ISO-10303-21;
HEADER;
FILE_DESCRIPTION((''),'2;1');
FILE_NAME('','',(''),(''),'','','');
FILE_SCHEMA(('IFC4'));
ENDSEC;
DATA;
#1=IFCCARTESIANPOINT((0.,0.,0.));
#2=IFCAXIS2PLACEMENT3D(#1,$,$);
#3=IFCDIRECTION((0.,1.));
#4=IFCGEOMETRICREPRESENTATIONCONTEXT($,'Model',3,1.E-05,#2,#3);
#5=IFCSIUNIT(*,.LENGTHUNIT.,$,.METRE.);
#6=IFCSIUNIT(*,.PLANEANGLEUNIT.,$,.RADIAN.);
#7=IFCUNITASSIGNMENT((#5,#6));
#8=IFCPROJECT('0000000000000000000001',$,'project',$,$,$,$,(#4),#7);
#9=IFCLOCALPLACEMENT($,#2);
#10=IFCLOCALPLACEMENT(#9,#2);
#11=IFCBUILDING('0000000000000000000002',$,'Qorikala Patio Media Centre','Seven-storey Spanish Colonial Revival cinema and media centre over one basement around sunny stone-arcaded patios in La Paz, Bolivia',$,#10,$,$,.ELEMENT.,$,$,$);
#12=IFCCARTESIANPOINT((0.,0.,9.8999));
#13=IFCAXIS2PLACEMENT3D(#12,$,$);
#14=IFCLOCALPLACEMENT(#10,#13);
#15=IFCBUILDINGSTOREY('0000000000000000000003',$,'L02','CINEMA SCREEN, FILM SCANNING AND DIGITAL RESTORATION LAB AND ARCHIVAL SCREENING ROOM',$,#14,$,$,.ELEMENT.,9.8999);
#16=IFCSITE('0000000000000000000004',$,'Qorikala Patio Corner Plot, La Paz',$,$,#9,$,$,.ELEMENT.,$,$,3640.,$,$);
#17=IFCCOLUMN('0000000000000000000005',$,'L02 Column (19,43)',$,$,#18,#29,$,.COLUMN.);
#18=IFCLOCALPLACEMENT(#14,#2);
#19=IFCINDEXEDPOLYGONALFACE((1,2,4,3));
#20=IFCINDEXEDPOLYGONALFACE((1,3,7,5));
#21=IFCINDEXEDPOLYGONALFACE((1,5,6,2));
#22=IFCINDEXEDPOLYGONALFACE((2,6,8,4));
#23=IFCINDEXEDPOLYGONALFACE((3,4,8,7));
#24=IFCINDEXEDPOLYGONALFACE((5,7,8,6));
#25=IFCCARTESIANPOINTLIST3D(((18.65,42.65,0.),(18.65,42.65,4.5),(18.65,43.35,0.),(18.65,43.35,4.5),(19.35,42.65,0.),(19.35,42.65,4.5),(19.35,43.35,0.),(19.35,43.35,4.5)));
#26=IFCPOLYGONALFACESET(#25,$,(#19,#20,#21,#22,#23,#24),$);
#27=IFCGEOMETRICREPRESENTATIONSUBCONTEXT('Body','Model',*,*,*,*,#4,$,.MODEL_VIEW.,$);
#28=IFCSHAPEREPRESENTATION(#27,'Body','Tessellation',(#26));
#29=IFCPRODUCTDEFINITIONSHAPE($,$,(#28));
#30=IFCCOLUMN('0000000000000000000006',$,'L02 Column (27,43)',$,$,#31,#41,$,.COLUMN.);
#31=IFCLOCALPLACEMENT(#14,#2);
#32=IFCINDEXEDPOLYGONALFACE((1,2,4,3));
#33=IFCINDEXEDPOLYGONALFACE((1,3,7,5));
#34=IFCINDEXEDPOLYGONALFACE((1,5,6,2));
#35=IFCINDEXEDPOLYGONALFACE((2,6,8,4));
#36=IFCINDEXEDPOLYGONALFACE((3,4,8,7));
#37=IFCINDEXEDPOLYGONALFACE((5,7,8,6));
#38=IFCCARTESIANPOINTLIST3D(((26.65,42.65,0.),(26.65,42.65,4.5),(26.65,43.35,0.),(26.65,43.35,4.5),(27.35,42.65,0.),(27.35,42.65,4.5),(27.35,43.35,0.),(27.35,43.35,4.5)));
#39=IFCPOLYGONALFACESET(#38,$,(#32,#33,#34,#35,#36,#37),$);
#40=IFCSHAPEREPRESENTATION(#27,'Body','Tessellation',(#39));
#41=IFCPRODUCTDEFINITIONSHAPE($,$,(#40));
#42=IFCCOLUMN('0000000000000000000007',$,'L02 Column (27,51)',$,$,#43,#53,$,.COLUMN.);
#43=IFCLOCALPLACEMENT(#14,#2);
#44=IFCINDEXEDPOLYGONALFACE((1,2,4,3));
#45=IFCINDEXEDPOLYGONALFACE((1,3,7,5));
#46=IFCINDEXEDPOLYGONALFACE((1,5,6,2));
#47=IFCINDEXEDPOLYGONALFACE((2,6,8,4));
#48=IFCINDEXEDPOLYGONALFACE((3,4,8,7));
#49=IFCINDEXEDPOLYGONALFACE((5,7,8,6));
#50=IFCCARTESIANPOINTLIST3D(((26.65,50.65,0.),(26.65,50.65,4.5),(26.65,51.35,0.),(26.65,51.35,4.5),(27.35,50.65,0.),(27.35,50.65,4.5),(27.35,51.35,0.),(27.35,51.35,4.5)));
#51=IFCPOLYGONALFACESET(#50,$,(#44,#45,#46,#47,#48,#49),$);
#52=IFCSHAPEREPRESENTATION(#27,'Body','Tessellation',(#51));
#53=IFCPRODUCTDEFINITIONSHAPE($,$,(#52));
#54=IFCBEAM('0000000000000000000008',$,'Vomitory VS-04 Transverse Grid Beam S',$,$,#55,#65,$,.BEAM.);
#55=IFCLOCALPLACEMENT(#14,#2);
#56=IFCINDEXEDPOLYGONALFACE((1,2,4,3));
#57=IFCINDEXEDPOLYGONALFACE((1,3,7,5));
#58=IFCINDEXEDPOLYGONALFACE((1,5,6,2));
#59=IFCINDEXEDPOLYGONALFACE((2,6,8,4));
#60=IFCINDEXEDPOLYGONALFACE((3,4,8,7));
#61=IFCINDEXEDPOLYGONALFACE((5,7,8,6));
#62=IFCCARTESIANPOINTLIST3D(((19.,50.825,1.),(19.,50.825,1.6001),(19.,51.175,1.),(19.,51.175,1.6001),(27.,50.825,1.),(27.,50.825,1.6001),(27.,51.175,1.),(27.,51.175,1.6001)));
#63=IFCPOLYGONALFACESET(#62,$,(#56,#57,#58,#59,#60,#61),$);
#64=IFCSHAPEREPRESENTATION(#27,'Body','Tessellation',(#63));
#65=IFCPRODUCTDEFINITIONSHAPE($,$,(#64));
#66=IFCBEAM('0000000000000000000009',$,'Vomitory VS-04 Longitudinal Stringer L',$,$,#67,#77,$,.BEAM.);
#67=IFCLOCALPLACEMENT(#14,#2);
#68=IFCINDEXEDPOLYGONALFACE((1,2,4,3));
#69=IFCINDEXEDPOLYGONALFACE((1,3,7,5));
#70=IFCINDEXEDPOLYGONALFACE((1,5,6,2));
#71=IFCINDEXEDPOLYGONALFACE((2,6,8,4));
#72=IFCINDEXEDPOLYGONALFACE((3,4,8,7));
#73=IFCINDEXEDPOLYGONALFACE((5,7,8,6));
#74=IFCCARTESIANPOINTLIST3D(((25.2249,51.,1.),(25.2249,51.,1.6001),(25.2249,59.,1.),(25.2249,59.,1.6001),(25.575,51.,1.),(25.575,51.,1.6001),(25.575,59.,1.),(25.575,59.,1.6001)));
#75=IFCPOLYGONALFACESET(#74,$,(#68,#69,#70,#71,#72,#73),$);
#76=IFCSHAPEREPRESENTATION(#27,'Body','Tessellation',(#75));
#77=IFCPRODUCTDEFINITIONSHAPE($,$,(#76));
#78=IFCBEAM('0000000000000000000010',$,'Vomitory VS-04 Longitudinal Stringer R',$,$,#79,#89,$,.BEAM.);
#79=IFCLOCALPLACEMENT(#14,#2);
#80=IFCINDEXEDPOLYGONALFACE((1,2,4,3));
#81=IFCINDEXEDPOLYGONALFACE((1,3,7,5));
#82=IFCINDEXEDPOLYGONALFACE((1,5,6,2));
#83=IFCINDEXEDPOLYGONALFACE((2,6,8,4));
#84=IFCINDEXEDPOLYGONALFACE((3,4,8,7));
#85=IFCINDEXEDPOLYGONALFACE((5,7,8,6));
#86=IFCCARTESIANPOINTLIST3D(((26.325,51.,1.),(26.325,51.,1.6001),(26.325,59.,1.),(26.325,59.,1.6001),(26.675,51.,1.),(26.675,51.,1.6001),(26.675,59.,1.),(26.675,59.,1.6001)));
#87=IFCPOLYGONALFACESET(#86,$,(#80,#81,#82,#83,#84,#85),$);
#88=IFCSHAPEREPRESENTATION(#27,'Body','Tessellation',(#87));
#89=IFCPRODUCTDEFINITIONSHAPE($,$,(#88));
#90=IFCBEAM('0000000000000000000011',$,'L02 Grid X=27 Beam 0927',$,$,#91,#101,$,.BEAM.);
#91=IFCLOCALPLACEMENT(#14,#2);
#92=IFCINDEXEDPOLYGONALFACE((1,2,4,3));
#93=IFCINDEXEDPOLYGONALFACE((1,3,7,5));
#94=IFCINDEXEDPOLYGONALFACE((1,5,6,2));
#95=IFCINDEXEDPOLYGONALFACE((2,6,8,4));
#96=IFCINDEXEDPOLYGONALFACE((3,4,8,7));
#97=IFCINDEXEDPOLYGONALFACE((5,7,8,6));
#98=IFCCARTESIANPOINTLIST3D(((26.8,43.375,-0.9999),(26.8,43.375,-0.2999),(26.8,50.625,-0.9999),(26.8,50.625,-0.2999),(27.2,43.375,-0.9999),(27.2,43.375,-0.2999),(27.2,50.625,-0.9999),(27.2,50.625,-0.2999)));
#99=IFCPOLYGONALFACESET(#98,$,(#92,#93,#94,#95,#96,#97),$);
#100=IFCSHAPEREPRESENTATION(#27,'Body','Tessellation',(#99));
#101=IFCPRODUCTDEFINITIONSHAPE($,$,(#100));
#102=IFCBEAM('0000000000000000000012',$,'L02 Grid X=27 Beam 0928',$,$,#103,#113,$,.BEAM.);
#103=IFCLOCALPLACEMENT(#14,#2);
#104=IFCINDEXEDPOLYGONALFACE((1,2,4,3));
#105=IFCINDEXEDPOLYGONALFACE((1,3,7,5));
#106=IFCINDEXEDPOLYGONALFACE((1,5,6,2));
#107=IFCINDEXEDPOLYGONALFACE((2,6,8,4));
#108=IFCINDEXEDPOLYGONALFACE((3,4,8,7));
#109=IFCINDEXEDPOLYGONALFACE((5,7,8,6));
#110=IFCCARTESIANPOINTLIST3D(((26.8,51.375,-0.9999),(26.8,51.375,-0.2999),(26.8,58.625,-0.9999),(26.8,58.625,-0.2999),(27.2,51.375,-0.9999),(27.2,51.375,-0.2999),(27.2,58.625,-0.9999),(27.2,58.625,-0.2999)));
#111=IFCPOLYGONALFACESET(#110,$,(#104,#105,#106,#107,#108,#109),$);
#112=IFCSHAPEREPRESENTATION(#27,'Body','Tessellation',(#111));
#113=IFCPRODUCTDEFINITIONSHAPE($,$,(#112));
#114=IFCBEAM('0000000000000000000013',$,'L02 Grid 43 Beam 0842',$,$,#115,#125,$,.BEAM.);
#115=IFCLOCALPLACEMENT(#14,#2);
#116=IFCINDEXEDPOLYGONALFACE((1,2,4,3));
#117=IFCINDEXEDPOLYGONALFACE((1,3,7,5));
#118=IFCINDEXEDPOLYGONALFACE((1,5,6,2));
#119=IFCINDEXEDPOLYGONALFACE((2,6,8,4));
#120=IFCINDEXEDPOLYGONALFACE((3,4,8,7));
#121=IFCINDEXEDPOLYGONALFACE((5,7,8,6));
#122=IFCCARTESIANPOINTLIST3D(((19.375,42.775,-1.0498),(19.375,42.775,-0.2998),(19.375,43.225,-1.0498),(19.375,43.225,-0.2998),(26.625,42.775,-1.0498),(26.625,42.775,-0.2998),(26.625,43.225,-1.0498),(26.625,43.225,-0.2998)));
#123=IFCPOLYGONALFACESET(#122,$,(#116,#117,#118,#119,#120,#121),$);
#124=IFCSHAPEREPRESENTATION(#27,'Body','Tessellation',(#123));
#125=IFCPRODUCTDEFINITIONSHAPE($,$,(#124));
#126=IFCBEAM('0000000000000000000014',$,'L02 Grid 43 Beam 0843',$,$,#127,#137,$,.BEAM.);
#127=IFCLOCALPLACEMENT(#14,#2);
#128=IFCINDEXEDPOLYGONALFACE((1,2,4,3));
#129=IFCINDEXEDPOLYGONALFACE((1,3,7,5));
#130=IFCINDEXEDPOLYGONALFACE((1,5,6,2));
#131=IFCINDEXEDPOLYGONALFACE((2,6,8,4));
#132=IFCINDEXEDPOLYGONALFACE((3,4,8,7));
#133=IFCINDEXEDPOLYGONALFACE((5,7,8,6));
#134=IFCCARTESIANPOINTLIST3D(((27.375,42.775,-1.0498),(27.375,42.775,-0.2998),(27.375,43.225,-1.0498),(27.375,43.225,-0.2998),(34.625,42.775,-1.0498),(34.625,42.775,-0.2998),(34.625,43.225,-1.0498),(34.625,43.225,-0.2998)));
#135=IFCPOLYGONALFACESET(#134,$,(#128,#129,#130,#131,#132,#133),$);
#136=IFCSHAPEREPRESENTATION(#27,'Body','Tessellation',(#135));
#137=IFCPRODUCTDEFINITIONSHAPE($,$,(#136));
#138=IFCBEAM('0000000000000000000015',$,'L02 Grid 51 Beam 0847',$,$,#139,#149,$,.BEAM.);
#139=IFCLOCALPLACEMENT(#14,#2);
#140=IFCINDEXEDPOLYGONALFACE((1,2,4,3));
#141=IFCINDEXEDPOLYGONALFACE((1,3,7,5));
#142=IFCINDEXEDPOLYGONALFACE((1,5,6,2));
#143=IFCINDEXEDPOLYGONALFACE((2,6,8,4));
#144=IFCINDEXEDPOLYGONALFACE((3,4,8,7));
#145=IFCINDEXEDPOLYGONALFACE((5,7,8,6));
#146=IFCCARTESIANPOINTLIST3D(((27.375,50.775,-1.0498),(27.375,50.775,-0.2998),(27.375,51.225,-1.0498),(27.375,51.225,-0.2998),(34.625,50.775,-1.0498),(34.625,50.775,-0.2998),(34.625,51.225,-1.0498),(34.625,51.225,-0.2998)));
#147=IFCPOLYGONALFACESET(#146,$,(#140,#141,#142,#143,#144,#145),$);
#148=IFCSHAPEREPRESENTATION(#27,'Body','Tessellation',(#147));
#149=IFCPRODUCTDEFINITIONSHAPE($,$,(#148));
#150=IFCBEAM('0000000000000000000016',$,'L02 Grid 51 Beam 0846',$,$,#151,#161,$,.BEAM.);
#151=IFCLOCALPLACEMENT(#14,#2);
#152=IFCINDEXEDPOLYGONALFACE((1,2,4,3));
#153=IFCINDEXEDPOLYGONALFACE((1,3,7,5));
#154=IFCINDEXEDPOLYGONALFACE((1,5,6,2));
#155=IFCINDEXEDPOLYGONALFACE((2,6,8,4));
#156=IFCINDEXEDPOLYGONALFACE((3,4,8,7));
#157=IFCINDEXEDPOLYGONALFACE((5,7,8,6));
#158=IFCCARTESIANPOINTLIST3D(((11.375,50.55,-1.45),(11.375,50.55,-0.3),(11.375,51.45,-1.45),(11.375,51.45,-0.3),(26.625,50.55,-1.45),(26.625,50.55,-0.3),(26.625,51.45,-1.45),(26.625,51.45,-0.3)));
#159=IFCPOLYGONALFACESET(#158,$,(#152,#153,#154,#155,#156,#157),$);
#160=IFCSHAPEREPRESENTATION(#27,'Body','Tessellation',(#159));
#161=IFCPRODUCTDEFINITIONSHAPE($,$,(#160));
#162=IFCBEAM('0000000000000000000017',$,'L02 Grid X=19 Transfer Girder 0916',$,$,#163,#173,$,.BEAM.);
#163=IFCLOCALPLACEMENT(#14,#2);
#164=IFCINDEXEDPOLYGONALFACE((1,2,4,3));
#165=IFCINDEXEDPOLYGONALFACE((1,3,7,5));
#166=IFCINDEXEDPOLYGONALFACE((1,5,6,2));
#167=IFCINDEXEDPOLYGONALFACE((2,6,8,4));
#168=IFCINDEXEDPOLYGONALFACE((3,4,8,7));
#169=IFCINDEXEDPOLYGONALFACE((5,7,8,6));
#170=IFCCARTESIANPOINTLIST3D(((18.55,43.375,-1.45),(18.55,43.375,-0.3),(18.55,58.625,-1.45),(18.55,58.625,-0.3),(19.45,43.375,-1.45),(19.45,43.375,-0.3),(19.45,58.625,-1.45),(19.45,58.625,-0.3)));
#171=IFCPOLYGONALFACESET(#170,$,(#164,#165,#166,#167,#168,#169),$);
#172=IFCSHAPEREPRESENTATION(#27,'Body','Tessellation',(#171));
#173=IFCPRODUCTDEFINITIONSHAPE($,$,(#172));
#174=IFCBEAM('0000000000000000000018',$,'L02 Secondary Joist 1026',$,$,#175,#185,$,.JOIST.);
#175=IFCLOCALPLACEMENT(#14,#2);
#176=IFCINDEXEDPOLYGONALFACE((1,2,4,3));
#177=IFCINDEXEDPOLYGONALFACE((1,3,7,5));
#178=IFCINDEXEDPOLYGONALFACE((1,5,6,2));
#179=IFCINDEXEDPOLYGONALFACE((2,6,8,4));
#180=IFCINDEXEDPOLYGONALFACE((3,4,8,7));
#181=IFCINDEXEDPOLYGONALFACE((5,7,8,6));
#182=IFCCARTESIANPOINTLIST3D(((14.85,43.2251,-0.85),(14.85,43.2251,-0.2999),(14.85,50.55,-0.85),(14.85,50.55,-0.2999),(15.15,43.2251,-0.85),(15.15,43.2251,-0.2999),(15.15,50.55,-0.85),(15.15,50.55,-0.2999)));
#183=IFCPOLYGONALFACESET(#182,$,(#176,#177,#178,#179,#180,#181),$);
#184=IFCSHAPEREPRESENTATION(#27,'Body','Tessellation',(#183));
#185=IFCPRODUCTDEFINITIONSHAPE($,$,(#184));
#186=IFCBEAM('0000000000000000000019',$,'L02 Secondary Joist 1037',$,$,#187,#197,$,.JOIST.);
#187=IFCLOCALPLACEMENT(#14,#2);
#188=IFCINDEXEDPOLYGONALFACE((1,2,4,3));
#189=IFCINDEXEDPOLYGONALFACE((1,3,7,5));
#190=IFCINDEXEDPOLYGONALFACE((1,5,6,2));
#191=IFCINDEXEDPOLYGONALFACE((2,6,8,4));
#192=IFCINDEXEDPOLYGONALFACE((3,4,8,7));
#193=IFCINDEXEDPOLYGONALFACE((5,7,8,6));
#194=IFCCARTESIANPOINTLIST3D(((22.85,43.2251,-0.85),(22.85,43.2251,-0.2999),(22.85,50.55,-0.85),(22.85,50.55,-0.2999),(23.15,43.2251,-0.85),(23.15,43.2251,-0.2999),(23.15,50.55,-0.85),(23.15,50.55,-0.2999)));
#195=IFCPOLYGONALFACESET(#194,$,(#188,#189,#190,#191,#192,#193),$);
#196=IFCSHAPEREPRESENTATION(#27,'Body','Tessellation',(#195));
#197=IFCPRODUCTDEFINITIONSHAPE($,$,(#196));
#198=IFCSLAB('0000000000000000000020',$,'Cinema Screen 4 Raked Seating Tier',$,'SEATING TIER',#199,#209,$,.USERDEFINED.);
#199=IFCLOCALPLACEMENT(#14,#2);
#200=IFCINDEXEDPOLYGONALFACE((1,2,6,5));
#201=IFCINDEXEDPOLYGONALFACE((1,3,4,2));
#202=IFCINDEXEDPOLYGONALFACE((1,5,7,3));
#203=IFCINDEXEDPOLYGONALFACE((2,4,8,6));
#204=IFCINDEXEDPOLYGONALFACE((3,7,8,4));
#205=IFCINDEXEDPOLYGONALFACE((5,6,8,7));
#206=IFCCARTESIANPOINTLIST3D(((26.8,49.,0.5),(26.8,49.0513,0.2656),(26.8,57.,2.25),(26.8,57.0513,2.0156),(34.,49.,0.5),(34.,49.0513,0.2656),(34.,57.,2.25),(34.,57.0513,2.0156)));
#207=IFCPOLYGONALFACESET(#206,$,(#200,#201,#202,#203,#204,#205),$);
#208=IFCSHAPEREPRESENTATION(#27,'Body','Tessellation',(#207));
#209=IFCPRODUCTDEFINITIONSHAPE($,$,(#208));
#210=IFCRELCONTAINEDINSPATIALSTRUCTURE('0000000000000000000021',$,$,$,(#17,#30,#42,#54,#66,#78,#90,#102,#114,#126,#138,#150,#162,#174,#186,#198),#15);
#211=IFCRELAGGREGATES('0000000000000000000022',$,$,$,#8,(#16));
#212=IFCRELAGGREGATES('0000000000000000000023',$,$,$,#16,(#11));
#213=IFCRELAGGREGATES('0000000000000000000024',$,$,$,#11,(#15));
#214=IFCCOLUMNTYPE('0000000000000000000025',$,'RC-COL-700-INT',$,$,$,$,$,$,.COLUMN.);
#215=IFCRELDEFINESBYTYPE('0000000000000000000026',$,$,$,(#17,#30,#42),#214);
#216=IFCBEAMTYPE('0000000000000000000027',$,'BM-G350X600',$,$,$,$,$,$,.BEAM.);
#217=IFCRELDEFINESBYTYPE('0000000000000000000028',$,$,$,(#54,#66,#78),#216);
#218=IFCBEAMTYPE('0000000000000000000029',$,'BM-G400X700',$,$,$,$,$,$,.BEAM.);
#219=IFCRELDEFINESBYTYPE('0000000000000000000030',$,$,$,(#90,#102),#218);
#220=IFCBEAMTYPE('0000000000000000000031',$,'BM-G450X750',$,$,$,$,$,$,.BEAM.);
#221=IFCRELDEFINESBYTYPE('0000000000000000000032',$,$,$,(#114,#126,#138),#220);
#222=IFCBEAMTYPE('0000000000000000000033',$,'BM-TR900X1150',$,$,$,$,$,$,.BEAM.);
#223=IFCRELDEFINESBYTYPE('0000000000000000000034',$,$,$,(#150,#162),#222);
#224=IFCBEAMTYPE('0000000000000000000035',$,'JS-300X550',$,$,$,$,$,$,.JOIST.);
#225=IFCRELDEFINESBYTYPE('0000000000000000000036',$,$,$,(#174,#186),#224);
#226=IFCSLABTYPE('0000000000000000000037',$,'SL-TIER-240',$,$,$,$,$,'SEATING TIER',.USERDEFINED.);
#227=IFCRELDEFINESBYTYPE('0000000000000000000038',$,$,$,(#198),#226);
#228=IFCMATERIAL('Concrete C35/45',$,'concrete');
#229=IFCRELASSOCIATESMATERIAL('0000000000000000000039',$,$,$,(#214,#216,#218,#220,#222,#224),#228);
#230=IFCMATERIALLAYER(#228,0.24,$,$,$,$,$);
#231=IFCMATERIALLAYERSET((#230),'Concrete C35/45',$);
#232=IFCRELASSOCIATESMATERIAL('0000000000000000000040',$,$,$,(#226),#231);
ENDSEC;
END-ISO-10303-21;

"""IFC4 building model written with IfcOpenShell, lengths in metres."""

from ifc_helpers import new_model, si_unit, direction, frame, origin, origin_2d, place, context, subcontext, project, spatial, polyline, rectangle, outline, extrude, material, layer, layer_set, material_profile, profile_set, type_object, element, save


model = new_model("IFC4")

# Units and contexts
model_context = context("Model", 3, precision=1e-05, world=origin(), true_north=direction((0.0, 1.0)))
body_context = subcontext(model_context, "Body", "Model", "MODEL_VIEW")
ifc_project = project(units=[si_unit("LENGTHUNIT", "METRE"), si_unit("PLANEANGLEUNIT", "RADIAN")], contexts=[model_context])

# Site, building, storey
site_placement = place(None, origin())
site = spatial("IfcSite", under=ifc_project, at=site_placement, Name="Qorikala Patio Corner Plot, La Paz", CompositionType="ELEMENT", RefElevation=3640.0)
building_placement = place(site_placement, origin())
building = spatial("IfcBuilding", under=site, at=building_placement, Name="Qorikala Patio Media Centre", Description="Seven-storey Spanish Colonial Revival cinema and media centre over one basement around sunny stone-arcaded patios in La Paz, Bolivia", CompositionType="ELEMENT")
storey_placement = place(building_placement, frame((0.0, 0.0, 9.8999)))
storey = spatial("IfcBuildingStorey", under=building, at=storey_placement, Name="L02", Description="CINEMA SCREEN, FILM SCANNING AND DIGITAL RESTORATION LAB AND ARCHIVAL SCREENING ROOM", CompositionType="ELEMENT", Elevation=9.8999)

# Columns
ifc_material_1 = material(Name="Concrete C35/45", Category="concrete")
ifc_material_profile_1 = material_profile(ifc_material_1, rectangle(XDim=0.7, YDim=0.7, at=origin_2d()), Name="RC 700x700")
ifc_profile_set_1 = profile_set([ifc_material_profile_1], Name="Concrete C35/45")
column_type = type_object("IfcColumnType", Name="RC-COL-700-INT", PredefinedType="COLUMN", material=ifc_profile_set_1)
for number, where, z_axis, x_axis, name in (
    (1, (19.0, 43.0, 0.0), (0.0, 0.0, 1.0), (1.0, 0.0, 0.0), "L02 Column (19,43)"),
    (2, (27.0, 43.0, 0.0), (0.0, 0.0, 1.0), (1.0, 0.0, 0.0), "L02 Column (27,43)"),
    (3, (27.0, 51.0, 0.0), (0.0, 0.0, 1.0), (1.0, 0.0, 0.0), "L02 Column (27,51)"),
):
    element("IfcColumn", number, at=place(storey_placement, frame(where, z_axis=z_axis, x_axis=x_axis)), inside=storey, type_object=column_type, Name=name, PredefinedType="COLUMN", context=body_context, shape_type="SweptSolid", body=[
        extrude(rectangle(XDim=0.7, YDim=0.7, at=origin_2d()), origin(), (0.0, 0.0, 1.0), 4.5),
    ])

# Beams
ifc_material_profile_2 = material_profile(ifc_material_1, rectangle(XDim=0.3501, YDim=0.6001, at=origin_2d()), Name="RC 350x600")
ifc_profile_set_2 = profile_set([ifc_material_profile_2], Name="Concrete C35/45")
beam_type_1 = type_object("IfcBeamType", Name="BM-G350X600", PredefinedType="BEAM", material=ifc_profile_set_2)
for number, where, z_axis, x_axis, name in (
    (4, (19.0, 51.0, 1.3), (1.0, 0.0, 0.0), (0.0, 1.0, 0.0), "Vomitory VS-04 Transverse Grid Beam S"),
    (5, (25.3999, 51.0, 1.3), (0.0, 1.0, 0.0), (-1.0, 0.0, 0.0), "Vomitory VS-04 Longitudinal Stringer L"),
    (6, (26.5, 51.0, 1.3), (0.0, 1.0, 0.0), (-1.0, 0.0, 0.0), "Vomitory VS-04 Longitudinal Stringer R"),
):
    element("IfcBeam", number, at=place(storey_placement, frame(where, z_axis=z_axis, x_axis=x_axis)), inside=storey, type_object=beam_type_1, Name=name, PredefinedType="BEAM", context=body_context, shape_type="SweptSolid", body=[
        extrude(rectangle(XDim=0.3501, YDim=0.6001, at=origin_2d()), origin(), (0.0, 0.0, 1.0), 8.0),
    ])
ifc_material_profile_3 = material_profile(ifc_material_1, rectangle(XDim=0.3999, YDim=0.7, at=origin_2d()), Name="RC 400x700")
ifc_profile_set_3 = profile_set([ifc_material_profile_3], Name="Concrete C35/45")
beam_type_2 = type_object("IfcBeamType", Name="BM-G400X700", PredefinedType="BEAM", material=ifc_profile_set_3)
for number, where, z_axis, x_axis, name in (
    (7, (27.0, 43.375, -0.6499), (0.0, 1.0, 0.0), (-1.0, 0.0, 0.0), "L02 Grid X=27 Beam 0927"),
    (8, (27.0, 51.375, -0.6499), (0.0, 1.0, 0.0), (-1.0, 0.0, 0.0), "L02 Grid X=27 Beam 0928"),
):
    element("IfcBeam", number, at=place(storey_placement, frame(where, z_axis=z_axis, x_axis=x_axis)), inside=storey, type_object=beam_type_2, Name=name, PredefinedType="BEAM", context=body_context, shape_type="SweptSolid", body=[
        extrude(rectangle(XDim=0.3999, YDim=0.7, at=origin_2d()), origin(), (0.0, 0.0, 1.0), 7.25),
    ])
ifc_material_profile_4 = material_profile(ifc_material_1, rectangle(XDim=0.45, YDim=0.75, at=origin_2d()), Name="RC 450x750")
ifc_profile_set_4 = profile_set([ifc_material_profile_4], Name="Concrete C35/45")
beam_type_3 = type_object("IfcBeamType", Name="BM-G450X750", PredefinedType="BEAM", material=ifc_profile_set_4)
for number, where, z_axis, x_axis, name in (
    (9, (19.375, 43.0, -0.6748), (1.0, 0.0, 0.0), (0.0, 1.0, 0.0), "L02 Grid 43 Beam 0842"),
    (10, (27.375, 43.0, -0.6748), (1.0, 0.0, 0.0), (0.0, 1.0, 0.0), "L02 Grid 43 Beam 0843"),
    (11, (27.375, 51.0, -0.6748), (1.0, 0.0, 0.0), (0.0, 1.0, 0.0), "L02 Grid 51 Beam 0847"),
):
    element("IfcBeam", number, at=place(storey_placement, frame(where, z_axis=z_axis, x_axis=x_axis)), inside=storey, type_object=beam_type_3, Name=name, PredefinedType="BEAM", context=body_context, shape_type="SweptSolid", body=[
        extrude(rectangle(XDim=0.45, YDim=0.75, at=origin_2d()), origin(), (0.0, 0.0, 1.0), 7.25),
    ])
ifc_material_profile_5 = material_profile(ifc_material_1, rectangle(XDim=0.8999, YDim=1.1499, at=origin_2d()), Name="RC 900x1150")
ifc_profile_set_5 = profile_set([ifc_material_profile_5], Name="Concrete C35/45")
beam_type_4 = type_object("IfcBeamType", Name="BM-TR900X1150", PredefinedType="BEAM", material=ifc_profile_set_5)
for number, where, z_axis, x_axis, name in (
    (12, (11.375, 51.0, -0.875), (1.0, 0.0, 0.0), (0.0, 1.0, 0.0), "L02 Grid 51 Beam 0846"),
    (13, (19.0, 43.375, -0.875), (0.0, 1.0, 0.0), (-1.0, 0.0, 0.0), "L02 Grid X=19 Transfer Girder 0916"),
):
    element("IfcBeam", number, at=place(storey_placement, frame(where, z_axis=z_axis, x_axis=x_axis)), inside=storey, type_object=beam_type_4, Name=name, PredefinedType="BEAM", context=body_context, shape_type="SweptSolid", body=[
        extrude(rectangle(XDim=0.8999, YDim=1.1499, at=origin_2d()), origin(), (0.0, 0.0, 1.0), 15.25),
    ])
ifc_material_profile_6 = material_profile(ifc_material_1, rectangle(XDim=0.3, YDim=0.55, at=origin_2d()), Name="RC 300x550")
ifc_profile_set_6 = profile_set([ifc_material_profile_6], Name="Concrete C35/45")
beam_type_5 = type_object("IfcBeamType", Name="JS-300X550", PredefinedType="JOIST", material=ifc_profile_set_6)
for number, where, z_axis, x_axis, name in (
    (14, (15.0, 43.2251, -0.575), (0.0, 1.0, 0.0), (-1.0, 0.0, 0.0), "L02 Secondary Joist 1026"),
    (15, (23.0, 43.2251, -0.575), (0.0, 1.0, 0.0), (-1.0, 0.0, 0.0), "L02 Secondary Joist 1037"),
):
    element("IfcBeam", number, at=place(storey_placement, frame(where, z_axis=z_axis, x_axis=x_axis)), inside=storey, type_object=beam_type_5, Name=name, PredefinedType="JOIST", context=body_context, shape_type="SweptSolid", body=[
        extrude(rectangle(XDim=0.3, YDim=0.55, at=origin_2d()), origin(), (0.0, 0.0, 1.0), 7.325),
    ])

# Slab
ifc_layer_1 = layer(ifc_material_1, 0.24)
ifc_layer_set_1 = layer_set([ifc_layer_1], Name="Concrete C35/45")
slab_type = type_object("IfcSlabType", Name="SL-TIER-240", ElementType="SEATING TIER", PredefinedType="USERDEFINED", material=ifc_layer_set_1)
slab_placement = place(storey_placement, frame((26.8, 49.0, 0.5), z_axis=(0.0, -0.213697, 0.9769), x_axis=(1.0, 0.0, 0.0)))
element("IfcSlab", 16, at=slab_placement, inside=storey, type_object=slab_type, Name="Cinema Screen 4 Raked Seating Tier", ObjectType="SEATING TIER", PredefinedType="USERDEFINED", context=body_context, shape_type="SweptSolid", body=[
    extrude(outline(polyline([(0.0, 0.0), (7.2, 0.0), (7.2, 8.1892), (0.0, 8.1892), (0.0, 0.0)])), origin(), (0.0, 0.0, -1.0), 0.24),
])

save(model, "model.ifc")
